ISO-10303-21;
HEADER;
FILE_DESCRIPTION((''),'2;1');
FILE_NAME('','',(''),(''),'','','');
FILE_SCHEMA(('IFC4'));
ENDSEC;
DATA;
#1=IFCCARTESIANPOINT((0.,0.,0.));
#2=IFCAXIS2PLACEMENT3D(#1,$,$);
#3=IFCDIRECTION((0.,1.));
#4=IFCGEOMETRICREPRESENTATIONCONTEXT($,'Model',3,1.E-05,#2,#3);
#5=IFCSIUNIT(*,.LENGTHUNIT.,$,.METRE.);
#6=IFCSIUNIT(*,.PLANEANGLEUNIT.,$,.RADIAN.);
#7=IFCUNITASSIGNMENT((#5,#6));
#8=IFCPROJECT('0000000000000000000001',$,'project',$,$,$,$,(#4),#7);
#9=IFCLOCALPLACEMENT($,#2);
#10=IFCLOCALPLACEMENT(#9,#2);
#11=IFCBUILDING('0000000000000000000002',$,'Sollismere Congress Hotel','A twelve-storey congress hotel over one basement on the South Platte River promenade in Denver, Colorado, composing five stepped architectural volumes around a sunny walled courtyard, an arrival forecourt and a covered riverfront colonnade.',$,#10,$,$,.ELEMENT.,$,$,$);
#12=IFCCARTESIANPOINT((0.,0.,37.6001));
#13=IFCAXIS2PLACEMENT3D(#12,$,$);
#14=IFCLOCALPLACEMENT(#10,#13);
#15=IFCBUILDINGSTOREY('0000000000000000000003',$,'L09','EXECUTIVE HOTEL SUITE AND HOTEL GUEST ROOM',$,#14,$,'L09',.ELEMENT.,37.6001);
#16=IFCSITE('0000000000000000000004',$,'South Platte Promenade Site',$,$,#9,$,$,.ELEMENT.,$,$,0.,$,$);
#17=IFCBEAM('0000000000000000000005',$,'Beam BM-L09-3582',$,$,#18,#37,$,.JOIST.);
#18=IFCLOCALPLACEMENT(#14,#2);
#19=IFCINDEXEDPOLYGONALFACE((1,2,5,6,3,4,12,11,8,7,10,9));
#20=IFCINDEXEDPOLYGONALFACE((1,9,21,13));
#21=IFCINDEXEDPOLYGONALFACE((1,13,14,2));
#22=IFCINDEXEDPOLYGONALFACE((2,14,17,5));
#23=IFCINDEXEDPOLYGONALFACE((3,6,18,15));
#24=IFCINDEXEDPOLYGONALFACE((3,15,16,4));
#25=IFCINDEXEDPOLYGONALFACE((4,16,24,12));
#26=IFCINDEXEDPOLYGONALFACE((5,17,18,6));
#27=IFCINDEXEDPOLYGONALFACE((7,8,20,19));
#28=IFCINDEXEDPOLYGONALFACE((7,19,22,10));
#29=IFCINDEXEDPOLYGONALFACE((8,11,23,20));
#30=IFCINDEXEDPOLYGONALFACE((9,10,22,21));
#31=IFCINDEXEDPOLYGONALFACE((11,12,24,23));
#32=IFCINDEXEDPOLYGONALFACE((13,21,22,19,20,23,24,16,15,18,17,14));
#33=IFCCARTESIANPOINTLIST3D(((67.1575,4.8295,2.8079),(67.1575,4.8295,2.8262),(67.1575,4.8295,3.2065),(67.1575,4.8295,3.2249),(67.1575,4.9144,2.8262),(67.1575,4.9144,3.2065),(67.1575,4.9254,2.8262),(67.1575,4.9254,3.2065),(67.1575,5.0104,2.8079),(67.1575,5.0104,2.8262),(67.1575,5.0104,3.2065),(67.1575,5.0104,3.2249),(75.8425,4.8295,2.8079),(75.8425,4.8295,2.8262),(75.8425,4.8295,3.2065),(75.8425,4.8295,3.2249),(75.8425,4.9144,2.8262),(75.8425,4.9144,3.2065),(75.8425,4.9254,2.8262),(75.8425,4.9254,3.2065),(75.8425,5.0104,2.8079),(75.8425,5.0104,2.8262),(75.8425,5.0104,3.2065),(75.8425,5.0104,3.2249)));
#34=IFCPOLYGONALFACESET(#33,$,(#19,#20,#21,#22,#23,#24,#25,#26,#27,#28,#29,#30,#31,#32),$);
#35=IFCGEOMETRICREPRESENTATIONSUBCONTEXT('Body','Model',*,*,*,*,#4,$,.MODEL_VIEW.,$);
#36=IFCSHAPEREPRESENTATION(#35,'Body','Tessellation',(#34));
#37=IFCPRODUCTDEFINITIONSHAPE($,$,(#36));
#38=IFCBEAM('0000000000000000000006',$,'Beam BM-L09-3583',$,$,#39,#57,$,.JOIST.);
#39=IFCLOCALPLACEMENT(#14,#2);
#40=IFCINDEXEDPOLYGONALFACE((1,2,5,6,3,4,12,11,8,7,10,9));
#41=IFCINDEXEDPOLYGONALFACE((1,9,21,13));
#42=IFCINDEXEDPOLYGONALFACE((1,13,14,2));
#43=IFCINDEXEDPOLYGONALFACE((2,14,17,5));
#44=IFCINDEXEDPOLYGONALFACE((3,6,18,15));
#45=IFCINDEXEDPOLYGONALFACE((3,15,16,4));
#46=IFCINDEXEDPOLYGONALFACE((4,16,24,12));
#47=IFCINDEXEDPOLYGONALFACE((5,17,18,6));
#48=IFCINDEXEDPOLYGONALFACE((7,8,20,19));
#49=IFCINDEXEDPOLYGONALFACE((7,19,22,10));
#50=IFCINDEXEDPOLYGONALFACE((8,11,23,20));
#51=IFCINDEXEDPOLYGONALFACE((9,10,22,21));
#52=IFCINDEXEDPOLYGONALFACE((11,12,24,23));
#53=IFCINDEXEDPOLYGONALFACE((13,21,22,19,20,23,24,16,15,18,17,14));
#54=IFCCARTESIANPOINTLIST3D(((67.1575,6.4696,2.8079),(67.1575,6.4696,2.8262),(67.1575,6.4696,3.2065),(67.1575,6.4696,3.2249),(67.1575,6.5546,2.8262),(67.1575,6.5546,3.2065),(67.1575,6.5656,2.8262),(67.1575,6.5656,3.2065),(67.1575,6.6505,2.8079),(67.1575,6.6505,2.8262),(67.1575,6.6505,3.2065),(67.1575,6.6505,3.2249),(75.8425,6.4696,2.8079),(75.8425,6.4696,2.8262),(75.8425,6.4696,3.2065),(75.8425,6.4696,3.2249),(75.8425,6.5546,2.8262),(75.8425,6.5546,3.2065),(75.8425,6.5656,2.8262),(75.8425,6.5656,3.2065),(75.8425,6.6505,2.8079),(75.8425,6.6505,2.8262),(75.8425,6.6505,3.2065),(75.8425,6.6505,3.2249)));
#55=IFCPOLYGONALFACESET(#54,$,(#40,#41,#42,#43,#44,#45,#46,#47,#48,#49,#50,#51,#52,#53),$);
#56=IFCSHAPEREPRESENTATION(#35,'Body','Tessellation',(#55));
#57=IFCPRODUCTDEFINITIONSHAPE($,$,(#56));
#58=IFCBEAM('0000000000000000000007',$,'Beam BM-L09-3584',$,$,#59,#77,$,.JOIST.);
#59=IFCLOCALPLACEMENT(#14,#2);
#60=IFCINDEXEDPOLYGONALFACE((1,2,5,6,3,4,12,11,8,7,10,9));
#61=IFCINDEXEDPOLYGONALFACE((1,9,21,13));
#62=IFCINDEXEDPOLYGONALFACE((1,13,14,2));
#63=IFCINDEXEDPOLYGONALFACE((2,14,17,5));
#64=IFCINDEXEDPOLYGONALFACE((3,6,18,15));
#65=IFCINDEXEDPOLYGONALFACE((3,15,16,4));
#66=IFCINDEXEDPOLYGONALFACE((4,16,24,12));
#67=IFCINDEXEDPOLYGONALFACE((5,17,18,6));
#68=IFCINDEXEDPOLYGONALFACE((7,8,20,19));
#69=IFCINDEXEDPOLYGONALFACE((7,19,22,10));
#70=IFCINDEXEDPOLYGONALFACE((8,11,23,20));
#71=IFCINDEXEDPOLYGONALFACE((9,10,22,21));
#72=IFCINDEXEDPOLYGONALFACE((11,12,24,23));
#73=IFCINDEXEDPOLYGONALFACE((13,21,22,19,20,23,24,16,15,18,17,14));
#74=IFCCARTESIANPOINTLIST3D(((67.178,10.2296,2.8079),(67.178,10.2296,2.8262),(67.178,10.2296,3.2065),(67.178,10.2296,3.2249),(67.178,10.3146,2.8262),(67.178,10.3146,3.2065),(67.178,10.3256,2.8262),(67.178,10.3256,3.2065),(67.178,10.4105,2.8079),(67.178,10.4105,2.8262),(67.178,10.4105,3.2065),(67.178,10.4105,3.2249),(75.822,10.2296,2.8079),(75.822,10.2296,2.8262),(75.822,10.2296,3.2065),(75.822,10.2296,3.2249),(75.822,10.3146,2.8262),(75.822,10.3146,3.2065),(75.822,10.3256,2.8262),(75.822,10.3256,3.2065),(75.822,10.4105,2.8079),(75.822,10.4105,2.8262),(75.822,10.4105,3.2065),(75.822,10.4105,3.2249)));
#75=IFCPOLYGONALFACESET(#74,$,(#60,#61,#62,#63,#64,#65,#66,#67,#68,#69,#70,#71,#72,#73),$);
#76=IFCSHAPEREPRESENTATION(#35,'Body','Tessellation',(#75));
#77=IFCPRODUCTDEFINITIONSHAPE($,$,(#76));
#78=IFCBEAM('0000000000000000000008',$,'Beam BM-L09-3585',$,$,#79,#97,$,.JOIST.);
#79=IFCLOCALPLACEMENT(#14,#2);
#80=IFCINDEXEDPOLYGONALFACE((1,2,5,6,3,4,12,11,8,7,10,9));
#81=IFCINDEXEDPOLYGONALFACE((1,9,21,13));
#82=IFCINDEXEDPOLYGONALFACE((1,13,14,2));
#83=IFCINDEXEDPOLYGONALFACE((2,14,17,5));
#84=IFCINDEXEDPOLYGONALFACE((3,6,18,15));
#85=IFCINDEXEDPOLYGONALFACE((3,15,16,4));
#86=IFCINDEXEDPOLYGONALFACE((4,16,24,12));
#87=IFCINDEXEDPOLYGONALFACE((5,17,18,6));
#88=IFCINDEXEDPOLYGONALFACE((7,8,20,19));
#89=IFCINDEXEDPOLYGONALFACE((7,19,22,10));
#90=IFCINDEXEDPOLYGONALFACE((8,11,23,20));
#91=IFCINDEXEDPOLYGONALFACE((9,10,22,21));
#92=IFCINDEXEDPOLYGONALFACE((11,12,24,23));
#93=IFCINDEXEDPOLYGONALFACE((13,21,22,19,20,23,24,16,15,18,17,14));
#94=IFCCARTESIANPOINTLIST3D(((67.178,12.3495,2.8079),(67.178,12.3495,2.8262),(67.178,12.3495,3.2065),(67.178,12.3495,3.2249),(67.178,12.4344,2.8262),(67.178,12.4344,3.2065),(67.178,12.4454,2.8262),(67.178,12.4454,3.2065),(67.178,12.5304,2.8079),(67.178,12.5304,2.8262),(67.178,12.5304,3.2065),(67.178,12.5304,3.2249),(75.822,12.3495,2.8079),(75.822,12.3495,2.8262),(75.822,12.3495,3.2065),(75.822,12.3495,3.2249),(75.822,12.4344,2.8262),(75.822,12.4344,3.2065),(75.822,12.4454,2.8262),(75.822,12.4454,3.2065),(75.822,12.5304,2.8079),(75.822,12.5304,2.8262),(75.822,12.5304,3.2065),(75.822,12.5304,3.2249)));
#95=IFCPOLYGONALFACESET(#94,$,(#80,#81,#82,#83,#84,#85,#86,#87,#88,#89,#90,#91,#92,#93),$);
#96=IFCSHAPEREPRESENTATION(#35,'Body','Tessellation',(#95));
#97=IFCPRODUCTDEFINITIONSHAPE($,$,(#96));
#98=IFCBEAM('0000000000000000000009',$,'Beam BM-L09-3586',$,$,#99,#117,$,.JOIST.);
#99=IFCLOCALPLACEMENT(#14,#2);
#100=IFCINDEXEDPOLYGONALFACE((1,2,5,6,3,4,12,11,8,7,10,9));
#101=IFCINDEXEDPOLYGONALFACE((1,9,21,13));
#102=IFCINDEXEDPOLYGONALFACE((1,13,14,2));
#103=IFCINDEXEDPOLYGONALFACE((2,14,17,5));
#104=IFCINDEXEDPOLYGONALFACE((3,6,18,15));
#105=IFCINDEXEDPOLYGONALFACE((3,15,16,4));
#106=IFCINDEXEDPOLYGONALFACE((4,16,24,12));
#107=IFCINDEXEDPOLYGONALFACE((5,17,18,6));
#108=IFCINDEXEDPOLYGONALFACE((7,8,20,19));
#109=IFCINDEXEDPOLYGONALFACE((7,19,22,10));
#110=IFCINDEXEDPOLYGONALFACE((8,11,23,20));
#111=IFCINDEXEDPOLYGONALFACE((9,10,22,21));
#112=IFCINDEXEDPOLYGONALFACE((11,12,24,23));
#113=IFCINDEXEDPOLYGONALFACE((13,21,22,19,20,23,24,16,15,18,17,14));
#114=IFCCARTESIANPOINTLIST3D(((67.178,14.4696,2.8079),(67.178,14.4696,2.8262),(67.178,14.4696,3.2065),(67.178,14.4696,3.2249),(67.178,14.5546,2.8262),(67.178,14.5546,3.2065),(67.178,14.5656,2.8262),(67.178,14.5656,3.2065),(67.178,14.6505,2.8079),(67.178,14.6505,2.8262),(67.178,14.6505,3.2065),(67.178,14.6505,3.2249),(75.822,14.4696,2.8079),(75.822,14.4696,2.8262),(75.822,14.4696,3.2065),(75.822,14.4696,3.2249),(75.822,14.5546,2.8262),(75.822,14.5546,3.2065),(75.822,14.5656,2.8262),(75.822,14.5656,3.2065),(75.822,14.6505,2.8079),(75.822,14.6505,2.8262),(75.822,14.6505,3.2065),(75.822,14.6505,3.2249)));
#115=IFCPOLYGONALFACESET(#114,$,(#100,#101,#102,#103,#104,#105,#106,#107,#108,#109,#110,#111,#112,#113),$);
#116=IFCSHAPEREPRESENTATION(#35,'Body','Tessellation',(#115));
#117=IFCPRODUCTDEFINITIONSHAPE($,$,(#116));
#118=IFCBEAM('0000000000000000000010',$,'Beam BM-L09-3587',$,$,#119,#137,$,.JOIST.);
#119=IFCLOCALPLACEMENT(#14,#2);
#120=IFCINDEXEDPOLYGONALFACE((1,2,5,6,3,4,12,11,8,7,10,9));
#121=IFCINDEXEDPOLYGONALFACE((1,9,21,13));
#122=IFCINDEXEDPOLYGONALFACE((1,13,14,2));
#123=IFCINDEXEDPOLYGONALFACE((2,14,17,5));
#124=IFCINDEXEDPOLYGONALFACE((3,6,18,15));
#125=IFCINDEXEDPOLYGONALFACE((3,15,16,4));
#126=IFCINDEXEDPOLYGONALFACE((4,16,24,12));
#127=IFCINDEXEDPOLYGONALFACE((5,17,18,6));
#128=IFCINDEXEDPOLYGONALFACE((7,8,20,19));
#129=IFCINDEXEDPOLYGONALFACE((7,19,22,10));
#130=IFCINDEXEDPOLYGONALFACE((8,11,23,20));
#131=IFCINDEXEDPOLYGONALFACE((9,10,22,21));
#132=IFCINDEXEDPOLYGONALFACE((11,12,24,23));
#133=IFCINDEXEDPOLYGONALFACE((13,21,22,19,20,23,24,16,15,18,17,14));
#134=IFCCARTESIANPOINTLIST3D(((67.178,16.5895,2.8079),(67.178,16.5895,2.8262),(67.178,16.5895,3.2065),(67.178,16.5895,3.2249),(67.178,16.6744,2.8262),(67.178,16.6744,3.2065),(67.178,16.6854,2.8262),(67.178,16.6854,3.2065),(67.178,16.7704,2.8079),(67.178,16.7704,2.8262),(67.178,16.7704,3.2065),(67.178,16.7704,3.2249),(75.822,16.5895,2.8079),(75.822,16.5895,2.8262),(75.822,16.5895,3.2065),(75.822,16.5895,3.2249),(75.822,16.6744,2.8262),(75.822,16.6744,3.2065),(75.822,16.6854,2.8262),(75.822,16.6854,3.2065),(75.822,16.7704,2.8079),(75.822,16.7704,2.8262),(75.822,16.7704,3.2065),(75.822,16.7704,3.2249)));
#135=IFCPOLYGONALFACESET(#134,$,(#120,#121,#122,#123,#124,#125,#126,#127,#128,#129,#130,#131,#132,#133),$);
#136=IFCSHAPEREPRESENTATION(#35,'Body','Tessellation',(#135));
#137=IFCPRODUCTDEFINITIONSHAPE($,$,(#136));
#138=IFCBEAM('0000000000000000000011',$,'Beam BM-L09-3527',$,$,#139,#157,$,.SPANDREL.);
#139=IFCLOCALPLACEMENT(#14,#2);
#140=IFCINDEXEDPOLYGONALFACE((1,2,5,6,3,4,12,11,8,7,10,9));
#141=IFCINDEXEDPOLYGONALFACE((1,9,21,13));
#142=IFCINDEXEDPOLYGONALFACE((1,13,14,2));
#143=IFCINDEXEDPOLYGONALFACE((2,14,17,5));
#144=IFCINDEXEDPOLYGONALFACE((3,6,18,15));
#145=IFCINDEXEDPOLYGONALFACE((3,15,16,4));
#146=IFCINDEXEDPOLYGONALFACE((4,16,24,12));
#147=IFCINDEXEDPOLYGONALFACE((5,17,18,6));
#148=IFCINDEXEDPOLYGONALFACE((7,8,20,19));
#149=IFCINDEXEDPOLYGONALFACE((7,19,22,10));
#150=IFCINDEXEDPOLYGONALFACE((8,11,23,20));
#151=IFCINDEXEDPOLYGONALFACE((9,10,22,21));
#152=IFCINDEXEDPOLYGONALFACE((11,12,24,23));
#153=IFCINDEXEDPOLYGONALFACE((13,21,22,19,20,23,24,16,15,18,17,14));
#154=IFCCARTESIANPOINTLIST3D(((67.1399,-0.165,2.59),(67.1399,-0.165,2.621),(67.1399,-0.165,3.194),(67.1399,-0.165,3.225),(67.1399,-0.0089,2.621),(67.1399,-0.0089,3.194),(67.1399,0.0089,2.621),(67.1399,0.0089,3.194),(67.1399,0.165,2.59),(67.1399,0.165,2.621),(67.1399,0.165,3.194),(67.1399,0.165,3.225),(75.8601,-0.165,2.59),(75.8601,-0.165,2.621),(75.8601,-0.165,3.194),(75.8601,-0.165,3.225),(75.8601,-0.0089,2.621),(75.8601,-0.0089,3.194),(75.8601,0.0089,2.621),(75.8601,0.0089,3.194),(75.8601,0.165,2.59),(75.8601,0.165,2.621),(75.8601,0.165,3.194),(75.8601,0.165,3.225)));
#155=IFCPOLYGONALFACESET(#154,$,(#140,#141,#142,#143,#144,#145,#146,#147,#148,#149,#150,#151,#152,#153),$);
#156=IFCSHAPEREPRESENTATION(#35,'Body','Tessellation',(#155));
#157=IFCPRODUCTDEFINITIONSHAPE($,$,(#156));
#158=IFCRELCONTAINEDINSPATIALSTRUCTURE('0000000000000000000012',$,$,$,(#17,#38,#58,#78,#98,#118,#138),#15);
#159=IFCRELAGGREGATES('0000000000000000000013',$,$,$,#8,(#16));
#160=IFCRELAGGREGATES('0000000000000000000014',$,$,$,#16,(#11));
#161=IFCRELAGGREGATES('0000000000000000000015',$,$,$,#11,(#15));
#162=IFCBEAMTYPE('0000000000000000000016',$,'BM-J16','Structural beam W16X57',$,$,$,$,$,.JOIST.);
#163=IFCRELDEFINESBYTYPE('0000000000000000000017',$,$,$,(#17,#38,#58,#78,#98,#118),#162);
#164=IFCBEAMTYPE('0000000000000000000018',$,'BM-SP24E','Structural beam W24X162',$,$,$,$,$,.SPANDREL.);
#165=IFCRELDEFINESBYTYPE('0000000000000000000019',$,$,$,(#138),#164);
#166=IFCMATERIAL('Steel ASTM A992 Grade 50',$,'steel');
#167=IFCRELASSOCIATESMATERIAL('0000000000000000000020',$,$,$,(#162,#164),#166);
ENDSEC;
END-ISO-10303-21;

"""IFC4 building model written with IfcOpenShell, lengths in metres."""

from ifc_helpers import new_model, si_unit, direction, frame, origin, origin_2d, place, context, subcontext, project, spatial, i_section, extrude, material, material_profile, profile_set, type_object, element, save


model = new_model("IFC4")

# Units and contexts
model_context = context("Model", 3, precision=1e-05, world=origin(), true_north=direction((0.0, 1.0)))
body_context = subcontext(model_context, "Body", "Model", "MODEL_VIEW")
ifc_project = project(units=[si_unit("LENGTHUNIT", "METRE"), si_unit("PLANEANGLEUNIT", "RADIAN")], contexts=[model_context])

# Site, building, storey
site_placement = place(None, origin())
site = spatial("IfcSite", under=ifc_project, at=site_placement, Name="South Platte Promenade Site", CompositionType="ELEMENT", RefElevation=0.0)
building_placement = place(site_placement, origin())
building = spatial("IfcBuilding", under=site, at=building_placement, Name="Sollismere Congress Hotel", Description="A twelve-storey congress hotel over one basement on the South Platte River promenade in Denver, Colorado, composing five stepped architectural volumes around a sunny walled courtyard, an arrival forecourt and a covered riverfront colonnade.", CompositionType="ELEMENT")
storey_placement = place(building_placement, frame((0.0, 0.0, 37.6001)))
storey = spatial("IfcBuildingStorey", under=building, at=storey_placement, Name="L09", Description="EXECUTIVE HOTEL SUITE AND HOTEL GUEST ROOM", LongName="L09", CompositionType="ELEMENT", Elevation=37.6001)

# Shared definitions
ifc_material_1 = material(Name="Steel ASTM A992 Grade 50", Category="steel")

# Beams
ifc_material_profile_1 = material_profile(ifc_material_1, i_section(OverallWidth=0.1809, OverallDepth=0.417, WebThickness=0.011, FlangeThickness=0.0183, at=origin_2d()), Name="W16X57")
ifc_profile_set_1 = profile_set([ifc_material_profile_1], Name="Steel ASTM A992 Grade 50")
beam_type_1 = type_object("IfcBeamType", Name="BM-J16", Description="Structural beam W16X57", PredefinedType="JOIST", material=ifc_profile_set_1)
for number, where, z_axis, x_axis, name in (
    (1, (67.1575, 4.9199, 3.0164), (1.0, 0.0, 0.0), (0.0, 1.0, 0.0), "Beam BM-L09-3582"),
    (2, (67.1575, 6.5601, 3.0164), (1.0, 0.0, 0.0), (0.0, 1.0, 0.0), "Beam BM-L09-3583"),
):
    element("IfcBeam", number, at=place(storey_placement, frame(where, z_axis=z_axis, x_axis=x_axis)), inside=storey, type_object=beam_type_1, Name=name, PredefinedType="JOIST", context=body_context, shape_type="SweptSolid", body=[
        extrude(i_section(OverallWidth=0.1809, OverallDepth=0.417, WebThickness=0.011, FlangeThickness=0.0183, at=origin_2d()), origin(), (0.0, 0.0, 1.0), 8.6851),
    ])
for number, where, z_axis, x_axis, name in (
    (3, (67.178, 10.3201, 3.0164), (1.0, 0.0, 0.0), (0.0, 1.0, 0.0), "Beam BM-L09-3584"),
    (4, (67.178, 12.4399, 3.0164), (1.0, 0.0, 0.0), (0.0, 1.0, 0.0), "Beam BM-L09-3585"),
    (5, (67.178, 14.5601, 3.0164), (1.0, 0.0, 0.0), (0.0, 1.0, 0.0), "Beam BM-L09-3586"),
    (6, (67.178, 16.6799, 3.0164), (1.0, 0.0, 0.0), (0.0, 1.0, 0.0), "Beam BM-L09-3587"),
):
    element("IfcBeam", number, at=place(storey_placement, frame(where, z_axis=z_axis, x_axis=x_axis)), inside=storey, type_object=beam_type_1, Name=name, PredefinedType="JOIST", context=body_context, shape_type="SweptSolid", body=[
        extrude(i_section(OverallWidth=0.1809, OverallDepth=0.417, WebThickness=0.011, FlangeThickness=0.0183, at=origin_2d()), origin(), (0.0, 0.0, 1.0), 8.644),
    ])
ifc_material_profile_2 = material_profile(ifc_material_1, i_section(OverallWidth=0.3301, OverallDepth=0.635, WebThickness=0.0178, FlangeThickness=0.031, at=origin_2d()), Name="W24X162")
ifc_profile_set_2 = profile_set([ifc_material_profile_2], Name="Steel ASTM A992 Grade 50")
beam_type_2 = type_object("IfcBeamType", Name="BM-SP24E", Description="Structural beam W24X162", PredefinedType="SPANDREL", material=ifc_profile_set_2)
beam_1_placement = place(storey_placement, frame((67.1399, 0.0, 2.9075), z_axis=(1.0, 0.0, 0.0), x_axis=(0.0, 1.0, 0.0)))
element("IfcBeam", 7, at=beam_1_placement, inside=storey, type_object=beam_type_2, Name="Beam BM-L09-3527", PredefinedType="SPANDREL", context=body_context, shape_type="SweptSolid", body=[
    extrude(i_section(OverallWidth=0.3301, OverallDepth=0.635, WebThickness=0.0178, FlangeThickness=0.031, at=origin_2d()), origin(), (0.0, 0.0, 1.0), 8.7202),
])

save(model, "model.ifc")
